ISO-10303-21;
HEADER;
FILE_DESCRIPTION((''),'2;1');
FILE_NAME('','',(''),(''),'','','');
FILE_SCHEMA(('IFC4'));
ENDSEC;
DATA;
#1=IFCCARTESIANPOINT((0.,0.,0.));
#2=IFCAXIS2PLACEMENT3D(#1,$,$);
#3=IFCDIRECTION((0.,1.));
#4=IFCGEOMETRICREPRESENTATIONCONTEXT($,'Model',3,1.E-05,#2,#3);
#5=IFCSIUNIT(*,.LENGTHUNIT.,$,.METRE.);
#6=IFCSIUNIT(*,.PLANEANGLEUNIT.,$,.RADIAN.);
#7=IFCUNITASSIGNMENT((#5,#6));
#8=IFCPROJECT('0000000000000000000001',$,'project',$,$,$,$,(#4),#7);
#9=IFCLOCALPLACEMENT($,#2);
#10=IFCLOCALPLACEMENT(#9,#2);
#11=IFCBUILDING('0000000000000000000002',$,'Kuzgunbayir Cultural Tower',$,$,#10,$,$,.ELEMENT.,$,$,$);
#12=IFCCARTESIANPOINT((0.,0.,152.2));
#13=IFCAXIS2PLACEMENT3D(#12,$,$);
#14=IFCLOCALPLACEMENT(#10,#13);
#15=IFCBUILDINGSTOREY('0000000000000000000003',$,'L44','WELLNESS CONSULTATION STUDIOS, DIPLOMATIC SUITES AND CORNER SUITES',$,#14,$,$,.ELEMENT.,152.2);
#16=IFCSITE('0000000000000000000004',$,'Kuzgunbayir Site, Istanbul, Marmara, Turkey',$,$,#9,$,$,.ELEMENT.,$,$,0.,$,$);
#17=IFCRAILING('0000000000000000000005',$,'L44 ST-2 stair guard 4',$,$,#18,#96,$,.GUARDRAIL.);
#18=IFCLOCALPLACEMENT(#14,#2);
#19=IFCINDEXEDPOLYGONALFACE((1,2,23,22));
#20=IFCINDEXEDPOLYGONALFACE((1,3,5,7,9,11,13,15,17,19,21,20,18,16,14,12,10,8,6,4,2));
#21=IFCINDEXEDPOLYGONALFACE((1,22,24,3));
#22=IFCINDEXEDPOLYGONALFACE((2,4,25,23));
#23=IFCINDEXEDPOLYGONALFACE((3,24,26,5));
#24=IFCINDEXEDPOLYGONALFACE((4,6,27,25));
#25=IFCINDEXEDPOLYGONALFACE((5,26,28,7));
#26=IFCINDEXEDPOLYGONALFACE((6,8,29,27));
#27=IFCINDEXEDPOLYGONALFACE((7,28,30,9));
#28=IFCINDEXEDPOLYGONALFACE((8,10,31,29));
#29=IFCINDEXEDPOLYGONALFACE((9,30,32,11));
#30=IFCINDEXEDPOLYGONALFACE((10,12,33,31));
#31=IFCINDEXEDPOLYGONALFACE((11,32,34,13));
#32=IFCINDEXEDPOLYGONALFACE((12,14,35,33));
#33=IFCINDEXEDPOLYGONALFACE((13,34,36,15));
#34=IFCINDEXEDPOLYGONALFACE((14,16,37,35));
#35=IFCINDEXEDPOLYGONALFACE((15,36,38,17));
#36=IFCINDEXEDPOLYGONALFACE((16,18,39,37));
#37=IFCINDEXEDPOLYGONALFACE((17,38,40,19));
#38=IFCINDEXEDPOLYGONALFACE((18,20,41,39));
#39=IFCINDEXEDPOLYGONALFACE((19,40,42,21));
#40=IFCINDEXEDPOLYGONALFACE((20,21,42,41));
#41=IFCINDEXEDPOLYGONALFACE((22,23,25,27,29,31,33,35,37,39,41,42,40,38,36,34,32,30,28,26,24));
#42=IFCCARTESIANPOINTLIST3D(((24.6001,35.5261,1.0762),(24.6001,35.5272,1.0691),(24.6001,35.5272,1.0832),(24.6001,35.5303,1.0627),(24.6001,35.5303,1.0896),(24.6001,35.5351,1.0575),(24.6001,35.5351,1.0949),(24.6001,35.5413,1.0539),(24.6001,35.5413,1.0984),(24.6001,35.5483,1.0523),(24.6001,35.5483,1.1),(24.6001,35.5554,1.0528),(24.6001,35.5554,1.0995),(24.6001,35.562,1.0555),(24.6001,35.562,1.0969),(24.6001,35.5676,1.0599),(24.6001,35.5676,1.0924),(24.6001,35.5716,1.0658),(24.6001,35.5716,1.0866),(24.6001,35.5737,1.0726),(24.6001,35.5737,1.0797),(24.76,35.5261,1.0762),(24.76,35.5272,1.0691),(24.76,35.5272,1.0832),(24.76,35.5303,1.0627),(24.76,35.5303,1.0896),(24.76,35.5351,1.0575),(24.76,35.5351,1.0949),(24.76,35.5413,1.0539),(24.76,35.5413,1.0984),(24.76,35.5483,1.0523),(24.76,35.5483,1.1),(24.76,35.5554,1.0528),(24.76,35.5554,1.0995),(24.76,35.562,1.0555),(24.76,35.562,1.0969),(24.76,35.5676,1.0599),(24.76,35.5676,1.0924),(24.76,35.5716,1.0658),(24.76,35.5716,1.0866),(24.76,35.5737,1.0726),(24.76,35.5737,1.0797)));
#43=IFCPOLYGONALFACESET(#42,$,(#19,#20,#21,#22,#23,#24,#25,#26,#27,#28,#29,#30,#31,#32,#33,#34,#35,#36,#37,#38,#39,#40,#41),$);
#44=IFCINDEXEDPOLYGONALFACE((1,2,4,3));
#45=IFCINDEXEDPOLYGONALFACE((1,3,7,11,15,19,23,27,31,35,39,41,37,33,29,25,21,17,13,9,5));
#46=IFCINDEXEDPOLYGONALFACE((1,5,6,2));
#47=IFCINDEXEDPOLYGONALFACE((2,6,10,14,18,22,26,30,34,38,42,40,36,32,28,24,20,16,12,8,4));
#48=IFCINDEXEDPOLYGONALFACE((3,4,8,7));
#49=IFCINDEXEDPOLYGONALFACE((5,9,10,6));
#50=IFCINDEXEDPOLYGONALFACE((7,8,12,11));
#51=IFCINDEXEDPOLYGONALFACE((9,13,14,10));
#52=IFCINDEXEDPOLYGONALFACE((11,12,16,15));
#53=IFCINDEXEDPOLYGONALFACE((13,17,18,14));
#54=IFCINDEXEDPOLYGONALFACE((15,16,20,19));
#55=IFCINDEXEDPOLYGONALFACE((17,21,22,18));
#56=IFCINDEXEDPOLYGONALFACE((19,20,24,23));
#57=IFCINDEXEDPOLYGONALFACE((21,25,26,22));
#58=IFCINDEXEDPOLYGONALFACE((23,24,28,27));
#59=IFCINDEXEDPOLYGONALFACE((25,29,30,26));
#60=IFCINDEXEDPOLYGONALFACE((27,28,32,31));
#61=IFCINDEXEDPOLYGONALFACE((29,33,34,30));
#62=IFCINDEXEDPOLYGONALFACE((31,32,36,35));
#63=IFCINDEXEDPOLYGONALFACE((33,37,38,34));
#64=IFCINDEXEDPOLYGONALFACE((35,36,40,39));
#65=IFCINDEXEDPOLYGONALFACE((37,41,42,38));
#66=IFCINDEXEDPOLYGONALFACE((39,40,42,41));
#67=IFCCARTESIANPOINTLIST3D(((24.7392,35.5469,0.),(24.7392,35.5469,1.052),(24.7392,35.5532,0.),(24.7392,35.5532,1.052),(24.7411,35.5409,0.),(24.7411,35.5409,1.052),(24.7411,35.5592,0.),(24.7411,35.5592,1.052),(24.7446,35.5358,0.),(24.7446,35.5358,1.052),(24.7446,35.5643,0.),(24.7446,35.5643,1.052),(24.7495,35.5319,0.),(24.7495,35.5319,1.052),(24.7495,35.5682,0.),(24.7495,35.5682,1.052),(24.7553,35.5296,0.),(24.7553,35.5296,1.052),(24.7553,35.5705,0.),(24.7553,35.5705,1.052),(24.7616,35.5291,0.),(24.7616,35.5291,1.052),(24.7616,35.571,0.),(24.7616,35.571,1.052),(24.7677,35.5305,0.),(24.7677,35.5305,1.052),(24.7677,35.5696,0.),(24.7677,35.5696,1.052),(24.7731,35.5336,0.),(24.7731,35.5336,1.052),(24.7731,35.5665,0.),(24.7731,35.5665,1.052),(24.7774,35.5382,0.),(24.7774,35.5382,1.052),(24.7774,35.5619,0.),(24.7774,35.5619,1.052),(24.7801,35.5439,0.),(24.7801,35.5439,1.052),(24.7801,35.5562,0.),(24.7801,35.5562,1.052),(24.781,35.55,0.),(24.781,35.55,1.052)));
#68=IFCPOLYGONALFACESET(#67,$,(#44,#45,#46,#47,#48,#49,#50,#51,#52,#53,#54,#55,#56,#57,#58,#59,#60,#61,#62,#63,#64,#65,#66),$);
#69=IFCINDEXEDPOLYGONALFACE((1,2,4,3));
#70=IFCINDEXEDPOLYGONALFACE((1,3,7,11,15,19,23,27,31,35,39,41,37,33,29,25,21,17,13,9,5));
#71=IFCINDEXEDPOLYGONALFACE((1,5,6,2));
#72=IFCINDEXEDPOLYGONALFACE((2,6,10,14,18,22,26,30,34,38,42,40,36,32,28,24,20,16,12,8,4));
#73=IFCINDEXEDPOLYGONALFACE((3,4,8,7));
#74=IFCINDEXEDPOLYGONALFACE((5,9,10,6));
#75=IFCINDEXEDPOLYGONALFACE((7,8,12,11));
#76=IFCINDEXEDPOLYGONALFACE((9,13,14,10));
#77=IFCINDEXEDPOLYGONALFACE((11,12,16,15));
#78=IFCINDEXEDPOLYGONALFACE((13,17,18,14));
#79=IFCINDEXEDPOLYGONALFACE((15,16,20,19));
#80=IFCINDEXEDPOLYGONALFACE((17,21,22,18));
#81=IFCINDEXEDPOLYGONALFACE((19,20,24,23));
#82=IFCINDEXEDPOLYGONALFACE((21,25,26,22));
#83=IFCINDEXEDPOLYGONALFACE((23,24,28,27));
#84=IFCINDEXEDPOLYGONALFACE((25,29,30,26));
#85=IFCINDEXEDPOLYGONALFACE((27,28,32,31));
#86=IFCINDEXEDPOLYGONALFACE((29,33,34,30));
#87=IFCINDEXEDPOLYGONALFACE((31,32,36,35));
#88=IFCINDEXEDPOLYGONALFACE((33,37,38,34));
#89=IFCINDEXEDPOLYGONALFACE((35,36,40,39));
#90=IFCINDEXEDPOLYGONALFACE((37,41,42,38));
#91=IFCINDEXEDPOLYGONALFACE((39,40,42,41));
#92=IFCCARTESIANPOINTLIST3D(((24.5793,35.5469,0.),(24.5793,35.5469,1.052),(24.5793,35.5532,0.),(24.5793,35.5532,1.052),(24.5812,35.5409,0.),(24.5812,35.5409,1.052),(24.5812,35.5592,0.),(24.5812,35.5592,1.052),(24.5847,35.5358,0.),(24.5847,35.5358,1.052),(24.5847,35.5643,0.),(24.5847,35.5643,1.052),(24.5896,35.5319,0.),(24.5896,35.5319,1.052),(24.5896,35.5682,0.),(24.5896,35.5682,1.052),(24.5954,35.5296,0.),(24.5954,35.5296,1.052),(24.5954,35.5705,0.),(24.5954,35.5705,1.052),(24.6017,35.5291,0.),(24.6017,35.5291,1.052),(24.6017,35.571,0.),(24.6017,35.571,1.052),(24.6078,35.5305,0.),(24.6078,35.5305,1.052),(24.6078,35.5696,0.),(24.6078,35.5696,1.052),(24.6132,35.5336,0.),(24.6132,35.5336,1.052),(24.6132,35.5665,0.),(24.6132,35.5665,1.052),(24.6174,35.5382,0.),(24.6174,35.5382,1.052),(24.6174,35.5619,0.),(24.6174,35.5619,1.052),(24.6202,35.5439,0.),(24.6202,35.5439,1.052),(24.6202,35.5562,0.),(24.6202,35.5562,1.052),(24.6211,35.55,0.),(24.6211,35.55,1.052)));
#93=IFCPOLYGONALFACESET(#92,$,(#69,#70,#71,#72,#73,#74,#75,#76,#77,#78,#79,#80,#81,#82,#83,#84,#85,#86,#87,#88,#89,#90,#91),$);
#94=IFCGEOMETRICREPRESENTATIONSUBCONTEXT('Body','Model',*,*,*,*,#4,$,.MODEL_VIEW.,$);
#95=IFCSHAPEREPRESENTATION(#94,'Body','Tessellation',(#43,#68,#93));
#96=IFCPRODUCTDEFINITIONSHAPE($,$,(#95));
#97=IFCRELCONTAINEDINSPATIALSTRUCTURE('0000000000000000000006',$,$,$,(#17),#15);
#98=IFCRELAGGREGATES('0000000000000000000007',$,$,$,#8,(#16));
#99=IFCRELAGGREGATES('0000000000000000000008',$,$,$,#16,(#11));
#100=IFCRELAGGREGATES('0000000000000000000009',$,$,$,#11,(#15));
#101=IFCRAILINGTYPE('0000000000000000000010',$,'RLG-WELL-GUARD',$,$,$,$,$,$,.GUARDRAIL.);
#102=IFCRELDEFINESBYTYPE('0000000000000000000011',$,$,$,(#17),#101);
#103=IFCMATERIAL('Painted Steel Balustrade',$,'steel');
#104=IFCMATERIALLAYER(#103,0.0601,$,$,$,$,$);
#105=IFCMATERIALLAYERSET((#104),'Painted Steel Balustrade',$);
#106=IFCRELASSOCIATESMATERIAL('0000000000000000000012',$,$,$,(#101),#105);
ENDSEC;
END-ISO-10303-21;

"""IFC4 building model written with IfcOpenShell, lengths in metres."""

from ifc_helpers import new_model, si_unit, direction, frame, origin, origin_2d, place, context, subcontext, project, spatial, circle, extrude, material, layer, layer_set, type_object, element, save


model = new_model("IFC4")

# Units and contexts
model_context = context("Model", 3, precision=1e-05, world=origin(), true_north=direction((0.0, 1.0)))
body_context = subcontext(model_context, "Body", "Model", "MODEL_VIEW")
ifc_project = project(units=[si_unit("LENGTHUNIT", "METRE"), si_unit("PLANEANGLEUNIT", "RADIAN")], contexts=[model_context])

# Site, building, storey
site_placement = place(None, origin())
site = spatial("IfcSite", under=ifc_project, at=site_placement, Name="Kuzgunbayir Site, Istanbul, Marmara, Turkey", CompositionType="ELEMENT", RefElevation=0.0)
building_placement = place(site_placement, origin())
building = spatial("IfcBuilding", under=site, at=building_placement, Name="Kuzgunbayir Cultural Tower", CompositionType="ELEMENT")
storey_placement = place(building_placement, frame((0.0, 0.0, 152.2)))
storey = spatial("IfcBuildingStorey", under=building, at=storey_placement, Name="L44", Description="WELLNESS CONSULTATION STUDIOS, DIPLOMATIC SUITES AND CORNER SUITES", CompositionType="ELEMENT", Elevation=152.2)

# Railing
ifc_material_1 = material(Name="Painted Steel Balustrade", Category="steel")
ifc_layer_1 = layer(ifc_material_1, 0.0601)
ifc_layer_set_1 = layer_set([ifc_layer_1], Name="Painted Steel Balustrade")
railing_type_1 = type_object("IfcRailingType", Name="RLG-WELL-GUARD", PredefinedType="GUARDRAIL", material=ifc_layer_set_1)
railing_1_placement = place(storey_placement, frame((24.76, 35.55, 0.0)))
element("IfcRailing", 1, at=railing_1_placement, inside=storey, type_object=railing_type_1, Name="L44 ST-2 stair guard 4", PredefinedType="GUARDRAIL", context=body_context, shape_type="SweptSolid", body=[
    extrude(circle(Radius=0.0239, at=origin_2d()), frame((0.0, 0.0, 1.0762), z_axis=(-1.0, 0.0, 0.0), x_axis=(0.0, -1.0, 0.0)), (0.0, 0.0, 1.0), 0.1599),
    extrude(circle(Radius=0.021, at=origin_2d()), origin(), (0.0, 0.0, 1.0), 1.052),
    extrude(circle(Radius=0.021, at=origin_2d()), frame((-0.1599, 0.0, 0.0)), (0.0, 0.0, 1.0), 1.052),
])

save(model, "model.ifc")
